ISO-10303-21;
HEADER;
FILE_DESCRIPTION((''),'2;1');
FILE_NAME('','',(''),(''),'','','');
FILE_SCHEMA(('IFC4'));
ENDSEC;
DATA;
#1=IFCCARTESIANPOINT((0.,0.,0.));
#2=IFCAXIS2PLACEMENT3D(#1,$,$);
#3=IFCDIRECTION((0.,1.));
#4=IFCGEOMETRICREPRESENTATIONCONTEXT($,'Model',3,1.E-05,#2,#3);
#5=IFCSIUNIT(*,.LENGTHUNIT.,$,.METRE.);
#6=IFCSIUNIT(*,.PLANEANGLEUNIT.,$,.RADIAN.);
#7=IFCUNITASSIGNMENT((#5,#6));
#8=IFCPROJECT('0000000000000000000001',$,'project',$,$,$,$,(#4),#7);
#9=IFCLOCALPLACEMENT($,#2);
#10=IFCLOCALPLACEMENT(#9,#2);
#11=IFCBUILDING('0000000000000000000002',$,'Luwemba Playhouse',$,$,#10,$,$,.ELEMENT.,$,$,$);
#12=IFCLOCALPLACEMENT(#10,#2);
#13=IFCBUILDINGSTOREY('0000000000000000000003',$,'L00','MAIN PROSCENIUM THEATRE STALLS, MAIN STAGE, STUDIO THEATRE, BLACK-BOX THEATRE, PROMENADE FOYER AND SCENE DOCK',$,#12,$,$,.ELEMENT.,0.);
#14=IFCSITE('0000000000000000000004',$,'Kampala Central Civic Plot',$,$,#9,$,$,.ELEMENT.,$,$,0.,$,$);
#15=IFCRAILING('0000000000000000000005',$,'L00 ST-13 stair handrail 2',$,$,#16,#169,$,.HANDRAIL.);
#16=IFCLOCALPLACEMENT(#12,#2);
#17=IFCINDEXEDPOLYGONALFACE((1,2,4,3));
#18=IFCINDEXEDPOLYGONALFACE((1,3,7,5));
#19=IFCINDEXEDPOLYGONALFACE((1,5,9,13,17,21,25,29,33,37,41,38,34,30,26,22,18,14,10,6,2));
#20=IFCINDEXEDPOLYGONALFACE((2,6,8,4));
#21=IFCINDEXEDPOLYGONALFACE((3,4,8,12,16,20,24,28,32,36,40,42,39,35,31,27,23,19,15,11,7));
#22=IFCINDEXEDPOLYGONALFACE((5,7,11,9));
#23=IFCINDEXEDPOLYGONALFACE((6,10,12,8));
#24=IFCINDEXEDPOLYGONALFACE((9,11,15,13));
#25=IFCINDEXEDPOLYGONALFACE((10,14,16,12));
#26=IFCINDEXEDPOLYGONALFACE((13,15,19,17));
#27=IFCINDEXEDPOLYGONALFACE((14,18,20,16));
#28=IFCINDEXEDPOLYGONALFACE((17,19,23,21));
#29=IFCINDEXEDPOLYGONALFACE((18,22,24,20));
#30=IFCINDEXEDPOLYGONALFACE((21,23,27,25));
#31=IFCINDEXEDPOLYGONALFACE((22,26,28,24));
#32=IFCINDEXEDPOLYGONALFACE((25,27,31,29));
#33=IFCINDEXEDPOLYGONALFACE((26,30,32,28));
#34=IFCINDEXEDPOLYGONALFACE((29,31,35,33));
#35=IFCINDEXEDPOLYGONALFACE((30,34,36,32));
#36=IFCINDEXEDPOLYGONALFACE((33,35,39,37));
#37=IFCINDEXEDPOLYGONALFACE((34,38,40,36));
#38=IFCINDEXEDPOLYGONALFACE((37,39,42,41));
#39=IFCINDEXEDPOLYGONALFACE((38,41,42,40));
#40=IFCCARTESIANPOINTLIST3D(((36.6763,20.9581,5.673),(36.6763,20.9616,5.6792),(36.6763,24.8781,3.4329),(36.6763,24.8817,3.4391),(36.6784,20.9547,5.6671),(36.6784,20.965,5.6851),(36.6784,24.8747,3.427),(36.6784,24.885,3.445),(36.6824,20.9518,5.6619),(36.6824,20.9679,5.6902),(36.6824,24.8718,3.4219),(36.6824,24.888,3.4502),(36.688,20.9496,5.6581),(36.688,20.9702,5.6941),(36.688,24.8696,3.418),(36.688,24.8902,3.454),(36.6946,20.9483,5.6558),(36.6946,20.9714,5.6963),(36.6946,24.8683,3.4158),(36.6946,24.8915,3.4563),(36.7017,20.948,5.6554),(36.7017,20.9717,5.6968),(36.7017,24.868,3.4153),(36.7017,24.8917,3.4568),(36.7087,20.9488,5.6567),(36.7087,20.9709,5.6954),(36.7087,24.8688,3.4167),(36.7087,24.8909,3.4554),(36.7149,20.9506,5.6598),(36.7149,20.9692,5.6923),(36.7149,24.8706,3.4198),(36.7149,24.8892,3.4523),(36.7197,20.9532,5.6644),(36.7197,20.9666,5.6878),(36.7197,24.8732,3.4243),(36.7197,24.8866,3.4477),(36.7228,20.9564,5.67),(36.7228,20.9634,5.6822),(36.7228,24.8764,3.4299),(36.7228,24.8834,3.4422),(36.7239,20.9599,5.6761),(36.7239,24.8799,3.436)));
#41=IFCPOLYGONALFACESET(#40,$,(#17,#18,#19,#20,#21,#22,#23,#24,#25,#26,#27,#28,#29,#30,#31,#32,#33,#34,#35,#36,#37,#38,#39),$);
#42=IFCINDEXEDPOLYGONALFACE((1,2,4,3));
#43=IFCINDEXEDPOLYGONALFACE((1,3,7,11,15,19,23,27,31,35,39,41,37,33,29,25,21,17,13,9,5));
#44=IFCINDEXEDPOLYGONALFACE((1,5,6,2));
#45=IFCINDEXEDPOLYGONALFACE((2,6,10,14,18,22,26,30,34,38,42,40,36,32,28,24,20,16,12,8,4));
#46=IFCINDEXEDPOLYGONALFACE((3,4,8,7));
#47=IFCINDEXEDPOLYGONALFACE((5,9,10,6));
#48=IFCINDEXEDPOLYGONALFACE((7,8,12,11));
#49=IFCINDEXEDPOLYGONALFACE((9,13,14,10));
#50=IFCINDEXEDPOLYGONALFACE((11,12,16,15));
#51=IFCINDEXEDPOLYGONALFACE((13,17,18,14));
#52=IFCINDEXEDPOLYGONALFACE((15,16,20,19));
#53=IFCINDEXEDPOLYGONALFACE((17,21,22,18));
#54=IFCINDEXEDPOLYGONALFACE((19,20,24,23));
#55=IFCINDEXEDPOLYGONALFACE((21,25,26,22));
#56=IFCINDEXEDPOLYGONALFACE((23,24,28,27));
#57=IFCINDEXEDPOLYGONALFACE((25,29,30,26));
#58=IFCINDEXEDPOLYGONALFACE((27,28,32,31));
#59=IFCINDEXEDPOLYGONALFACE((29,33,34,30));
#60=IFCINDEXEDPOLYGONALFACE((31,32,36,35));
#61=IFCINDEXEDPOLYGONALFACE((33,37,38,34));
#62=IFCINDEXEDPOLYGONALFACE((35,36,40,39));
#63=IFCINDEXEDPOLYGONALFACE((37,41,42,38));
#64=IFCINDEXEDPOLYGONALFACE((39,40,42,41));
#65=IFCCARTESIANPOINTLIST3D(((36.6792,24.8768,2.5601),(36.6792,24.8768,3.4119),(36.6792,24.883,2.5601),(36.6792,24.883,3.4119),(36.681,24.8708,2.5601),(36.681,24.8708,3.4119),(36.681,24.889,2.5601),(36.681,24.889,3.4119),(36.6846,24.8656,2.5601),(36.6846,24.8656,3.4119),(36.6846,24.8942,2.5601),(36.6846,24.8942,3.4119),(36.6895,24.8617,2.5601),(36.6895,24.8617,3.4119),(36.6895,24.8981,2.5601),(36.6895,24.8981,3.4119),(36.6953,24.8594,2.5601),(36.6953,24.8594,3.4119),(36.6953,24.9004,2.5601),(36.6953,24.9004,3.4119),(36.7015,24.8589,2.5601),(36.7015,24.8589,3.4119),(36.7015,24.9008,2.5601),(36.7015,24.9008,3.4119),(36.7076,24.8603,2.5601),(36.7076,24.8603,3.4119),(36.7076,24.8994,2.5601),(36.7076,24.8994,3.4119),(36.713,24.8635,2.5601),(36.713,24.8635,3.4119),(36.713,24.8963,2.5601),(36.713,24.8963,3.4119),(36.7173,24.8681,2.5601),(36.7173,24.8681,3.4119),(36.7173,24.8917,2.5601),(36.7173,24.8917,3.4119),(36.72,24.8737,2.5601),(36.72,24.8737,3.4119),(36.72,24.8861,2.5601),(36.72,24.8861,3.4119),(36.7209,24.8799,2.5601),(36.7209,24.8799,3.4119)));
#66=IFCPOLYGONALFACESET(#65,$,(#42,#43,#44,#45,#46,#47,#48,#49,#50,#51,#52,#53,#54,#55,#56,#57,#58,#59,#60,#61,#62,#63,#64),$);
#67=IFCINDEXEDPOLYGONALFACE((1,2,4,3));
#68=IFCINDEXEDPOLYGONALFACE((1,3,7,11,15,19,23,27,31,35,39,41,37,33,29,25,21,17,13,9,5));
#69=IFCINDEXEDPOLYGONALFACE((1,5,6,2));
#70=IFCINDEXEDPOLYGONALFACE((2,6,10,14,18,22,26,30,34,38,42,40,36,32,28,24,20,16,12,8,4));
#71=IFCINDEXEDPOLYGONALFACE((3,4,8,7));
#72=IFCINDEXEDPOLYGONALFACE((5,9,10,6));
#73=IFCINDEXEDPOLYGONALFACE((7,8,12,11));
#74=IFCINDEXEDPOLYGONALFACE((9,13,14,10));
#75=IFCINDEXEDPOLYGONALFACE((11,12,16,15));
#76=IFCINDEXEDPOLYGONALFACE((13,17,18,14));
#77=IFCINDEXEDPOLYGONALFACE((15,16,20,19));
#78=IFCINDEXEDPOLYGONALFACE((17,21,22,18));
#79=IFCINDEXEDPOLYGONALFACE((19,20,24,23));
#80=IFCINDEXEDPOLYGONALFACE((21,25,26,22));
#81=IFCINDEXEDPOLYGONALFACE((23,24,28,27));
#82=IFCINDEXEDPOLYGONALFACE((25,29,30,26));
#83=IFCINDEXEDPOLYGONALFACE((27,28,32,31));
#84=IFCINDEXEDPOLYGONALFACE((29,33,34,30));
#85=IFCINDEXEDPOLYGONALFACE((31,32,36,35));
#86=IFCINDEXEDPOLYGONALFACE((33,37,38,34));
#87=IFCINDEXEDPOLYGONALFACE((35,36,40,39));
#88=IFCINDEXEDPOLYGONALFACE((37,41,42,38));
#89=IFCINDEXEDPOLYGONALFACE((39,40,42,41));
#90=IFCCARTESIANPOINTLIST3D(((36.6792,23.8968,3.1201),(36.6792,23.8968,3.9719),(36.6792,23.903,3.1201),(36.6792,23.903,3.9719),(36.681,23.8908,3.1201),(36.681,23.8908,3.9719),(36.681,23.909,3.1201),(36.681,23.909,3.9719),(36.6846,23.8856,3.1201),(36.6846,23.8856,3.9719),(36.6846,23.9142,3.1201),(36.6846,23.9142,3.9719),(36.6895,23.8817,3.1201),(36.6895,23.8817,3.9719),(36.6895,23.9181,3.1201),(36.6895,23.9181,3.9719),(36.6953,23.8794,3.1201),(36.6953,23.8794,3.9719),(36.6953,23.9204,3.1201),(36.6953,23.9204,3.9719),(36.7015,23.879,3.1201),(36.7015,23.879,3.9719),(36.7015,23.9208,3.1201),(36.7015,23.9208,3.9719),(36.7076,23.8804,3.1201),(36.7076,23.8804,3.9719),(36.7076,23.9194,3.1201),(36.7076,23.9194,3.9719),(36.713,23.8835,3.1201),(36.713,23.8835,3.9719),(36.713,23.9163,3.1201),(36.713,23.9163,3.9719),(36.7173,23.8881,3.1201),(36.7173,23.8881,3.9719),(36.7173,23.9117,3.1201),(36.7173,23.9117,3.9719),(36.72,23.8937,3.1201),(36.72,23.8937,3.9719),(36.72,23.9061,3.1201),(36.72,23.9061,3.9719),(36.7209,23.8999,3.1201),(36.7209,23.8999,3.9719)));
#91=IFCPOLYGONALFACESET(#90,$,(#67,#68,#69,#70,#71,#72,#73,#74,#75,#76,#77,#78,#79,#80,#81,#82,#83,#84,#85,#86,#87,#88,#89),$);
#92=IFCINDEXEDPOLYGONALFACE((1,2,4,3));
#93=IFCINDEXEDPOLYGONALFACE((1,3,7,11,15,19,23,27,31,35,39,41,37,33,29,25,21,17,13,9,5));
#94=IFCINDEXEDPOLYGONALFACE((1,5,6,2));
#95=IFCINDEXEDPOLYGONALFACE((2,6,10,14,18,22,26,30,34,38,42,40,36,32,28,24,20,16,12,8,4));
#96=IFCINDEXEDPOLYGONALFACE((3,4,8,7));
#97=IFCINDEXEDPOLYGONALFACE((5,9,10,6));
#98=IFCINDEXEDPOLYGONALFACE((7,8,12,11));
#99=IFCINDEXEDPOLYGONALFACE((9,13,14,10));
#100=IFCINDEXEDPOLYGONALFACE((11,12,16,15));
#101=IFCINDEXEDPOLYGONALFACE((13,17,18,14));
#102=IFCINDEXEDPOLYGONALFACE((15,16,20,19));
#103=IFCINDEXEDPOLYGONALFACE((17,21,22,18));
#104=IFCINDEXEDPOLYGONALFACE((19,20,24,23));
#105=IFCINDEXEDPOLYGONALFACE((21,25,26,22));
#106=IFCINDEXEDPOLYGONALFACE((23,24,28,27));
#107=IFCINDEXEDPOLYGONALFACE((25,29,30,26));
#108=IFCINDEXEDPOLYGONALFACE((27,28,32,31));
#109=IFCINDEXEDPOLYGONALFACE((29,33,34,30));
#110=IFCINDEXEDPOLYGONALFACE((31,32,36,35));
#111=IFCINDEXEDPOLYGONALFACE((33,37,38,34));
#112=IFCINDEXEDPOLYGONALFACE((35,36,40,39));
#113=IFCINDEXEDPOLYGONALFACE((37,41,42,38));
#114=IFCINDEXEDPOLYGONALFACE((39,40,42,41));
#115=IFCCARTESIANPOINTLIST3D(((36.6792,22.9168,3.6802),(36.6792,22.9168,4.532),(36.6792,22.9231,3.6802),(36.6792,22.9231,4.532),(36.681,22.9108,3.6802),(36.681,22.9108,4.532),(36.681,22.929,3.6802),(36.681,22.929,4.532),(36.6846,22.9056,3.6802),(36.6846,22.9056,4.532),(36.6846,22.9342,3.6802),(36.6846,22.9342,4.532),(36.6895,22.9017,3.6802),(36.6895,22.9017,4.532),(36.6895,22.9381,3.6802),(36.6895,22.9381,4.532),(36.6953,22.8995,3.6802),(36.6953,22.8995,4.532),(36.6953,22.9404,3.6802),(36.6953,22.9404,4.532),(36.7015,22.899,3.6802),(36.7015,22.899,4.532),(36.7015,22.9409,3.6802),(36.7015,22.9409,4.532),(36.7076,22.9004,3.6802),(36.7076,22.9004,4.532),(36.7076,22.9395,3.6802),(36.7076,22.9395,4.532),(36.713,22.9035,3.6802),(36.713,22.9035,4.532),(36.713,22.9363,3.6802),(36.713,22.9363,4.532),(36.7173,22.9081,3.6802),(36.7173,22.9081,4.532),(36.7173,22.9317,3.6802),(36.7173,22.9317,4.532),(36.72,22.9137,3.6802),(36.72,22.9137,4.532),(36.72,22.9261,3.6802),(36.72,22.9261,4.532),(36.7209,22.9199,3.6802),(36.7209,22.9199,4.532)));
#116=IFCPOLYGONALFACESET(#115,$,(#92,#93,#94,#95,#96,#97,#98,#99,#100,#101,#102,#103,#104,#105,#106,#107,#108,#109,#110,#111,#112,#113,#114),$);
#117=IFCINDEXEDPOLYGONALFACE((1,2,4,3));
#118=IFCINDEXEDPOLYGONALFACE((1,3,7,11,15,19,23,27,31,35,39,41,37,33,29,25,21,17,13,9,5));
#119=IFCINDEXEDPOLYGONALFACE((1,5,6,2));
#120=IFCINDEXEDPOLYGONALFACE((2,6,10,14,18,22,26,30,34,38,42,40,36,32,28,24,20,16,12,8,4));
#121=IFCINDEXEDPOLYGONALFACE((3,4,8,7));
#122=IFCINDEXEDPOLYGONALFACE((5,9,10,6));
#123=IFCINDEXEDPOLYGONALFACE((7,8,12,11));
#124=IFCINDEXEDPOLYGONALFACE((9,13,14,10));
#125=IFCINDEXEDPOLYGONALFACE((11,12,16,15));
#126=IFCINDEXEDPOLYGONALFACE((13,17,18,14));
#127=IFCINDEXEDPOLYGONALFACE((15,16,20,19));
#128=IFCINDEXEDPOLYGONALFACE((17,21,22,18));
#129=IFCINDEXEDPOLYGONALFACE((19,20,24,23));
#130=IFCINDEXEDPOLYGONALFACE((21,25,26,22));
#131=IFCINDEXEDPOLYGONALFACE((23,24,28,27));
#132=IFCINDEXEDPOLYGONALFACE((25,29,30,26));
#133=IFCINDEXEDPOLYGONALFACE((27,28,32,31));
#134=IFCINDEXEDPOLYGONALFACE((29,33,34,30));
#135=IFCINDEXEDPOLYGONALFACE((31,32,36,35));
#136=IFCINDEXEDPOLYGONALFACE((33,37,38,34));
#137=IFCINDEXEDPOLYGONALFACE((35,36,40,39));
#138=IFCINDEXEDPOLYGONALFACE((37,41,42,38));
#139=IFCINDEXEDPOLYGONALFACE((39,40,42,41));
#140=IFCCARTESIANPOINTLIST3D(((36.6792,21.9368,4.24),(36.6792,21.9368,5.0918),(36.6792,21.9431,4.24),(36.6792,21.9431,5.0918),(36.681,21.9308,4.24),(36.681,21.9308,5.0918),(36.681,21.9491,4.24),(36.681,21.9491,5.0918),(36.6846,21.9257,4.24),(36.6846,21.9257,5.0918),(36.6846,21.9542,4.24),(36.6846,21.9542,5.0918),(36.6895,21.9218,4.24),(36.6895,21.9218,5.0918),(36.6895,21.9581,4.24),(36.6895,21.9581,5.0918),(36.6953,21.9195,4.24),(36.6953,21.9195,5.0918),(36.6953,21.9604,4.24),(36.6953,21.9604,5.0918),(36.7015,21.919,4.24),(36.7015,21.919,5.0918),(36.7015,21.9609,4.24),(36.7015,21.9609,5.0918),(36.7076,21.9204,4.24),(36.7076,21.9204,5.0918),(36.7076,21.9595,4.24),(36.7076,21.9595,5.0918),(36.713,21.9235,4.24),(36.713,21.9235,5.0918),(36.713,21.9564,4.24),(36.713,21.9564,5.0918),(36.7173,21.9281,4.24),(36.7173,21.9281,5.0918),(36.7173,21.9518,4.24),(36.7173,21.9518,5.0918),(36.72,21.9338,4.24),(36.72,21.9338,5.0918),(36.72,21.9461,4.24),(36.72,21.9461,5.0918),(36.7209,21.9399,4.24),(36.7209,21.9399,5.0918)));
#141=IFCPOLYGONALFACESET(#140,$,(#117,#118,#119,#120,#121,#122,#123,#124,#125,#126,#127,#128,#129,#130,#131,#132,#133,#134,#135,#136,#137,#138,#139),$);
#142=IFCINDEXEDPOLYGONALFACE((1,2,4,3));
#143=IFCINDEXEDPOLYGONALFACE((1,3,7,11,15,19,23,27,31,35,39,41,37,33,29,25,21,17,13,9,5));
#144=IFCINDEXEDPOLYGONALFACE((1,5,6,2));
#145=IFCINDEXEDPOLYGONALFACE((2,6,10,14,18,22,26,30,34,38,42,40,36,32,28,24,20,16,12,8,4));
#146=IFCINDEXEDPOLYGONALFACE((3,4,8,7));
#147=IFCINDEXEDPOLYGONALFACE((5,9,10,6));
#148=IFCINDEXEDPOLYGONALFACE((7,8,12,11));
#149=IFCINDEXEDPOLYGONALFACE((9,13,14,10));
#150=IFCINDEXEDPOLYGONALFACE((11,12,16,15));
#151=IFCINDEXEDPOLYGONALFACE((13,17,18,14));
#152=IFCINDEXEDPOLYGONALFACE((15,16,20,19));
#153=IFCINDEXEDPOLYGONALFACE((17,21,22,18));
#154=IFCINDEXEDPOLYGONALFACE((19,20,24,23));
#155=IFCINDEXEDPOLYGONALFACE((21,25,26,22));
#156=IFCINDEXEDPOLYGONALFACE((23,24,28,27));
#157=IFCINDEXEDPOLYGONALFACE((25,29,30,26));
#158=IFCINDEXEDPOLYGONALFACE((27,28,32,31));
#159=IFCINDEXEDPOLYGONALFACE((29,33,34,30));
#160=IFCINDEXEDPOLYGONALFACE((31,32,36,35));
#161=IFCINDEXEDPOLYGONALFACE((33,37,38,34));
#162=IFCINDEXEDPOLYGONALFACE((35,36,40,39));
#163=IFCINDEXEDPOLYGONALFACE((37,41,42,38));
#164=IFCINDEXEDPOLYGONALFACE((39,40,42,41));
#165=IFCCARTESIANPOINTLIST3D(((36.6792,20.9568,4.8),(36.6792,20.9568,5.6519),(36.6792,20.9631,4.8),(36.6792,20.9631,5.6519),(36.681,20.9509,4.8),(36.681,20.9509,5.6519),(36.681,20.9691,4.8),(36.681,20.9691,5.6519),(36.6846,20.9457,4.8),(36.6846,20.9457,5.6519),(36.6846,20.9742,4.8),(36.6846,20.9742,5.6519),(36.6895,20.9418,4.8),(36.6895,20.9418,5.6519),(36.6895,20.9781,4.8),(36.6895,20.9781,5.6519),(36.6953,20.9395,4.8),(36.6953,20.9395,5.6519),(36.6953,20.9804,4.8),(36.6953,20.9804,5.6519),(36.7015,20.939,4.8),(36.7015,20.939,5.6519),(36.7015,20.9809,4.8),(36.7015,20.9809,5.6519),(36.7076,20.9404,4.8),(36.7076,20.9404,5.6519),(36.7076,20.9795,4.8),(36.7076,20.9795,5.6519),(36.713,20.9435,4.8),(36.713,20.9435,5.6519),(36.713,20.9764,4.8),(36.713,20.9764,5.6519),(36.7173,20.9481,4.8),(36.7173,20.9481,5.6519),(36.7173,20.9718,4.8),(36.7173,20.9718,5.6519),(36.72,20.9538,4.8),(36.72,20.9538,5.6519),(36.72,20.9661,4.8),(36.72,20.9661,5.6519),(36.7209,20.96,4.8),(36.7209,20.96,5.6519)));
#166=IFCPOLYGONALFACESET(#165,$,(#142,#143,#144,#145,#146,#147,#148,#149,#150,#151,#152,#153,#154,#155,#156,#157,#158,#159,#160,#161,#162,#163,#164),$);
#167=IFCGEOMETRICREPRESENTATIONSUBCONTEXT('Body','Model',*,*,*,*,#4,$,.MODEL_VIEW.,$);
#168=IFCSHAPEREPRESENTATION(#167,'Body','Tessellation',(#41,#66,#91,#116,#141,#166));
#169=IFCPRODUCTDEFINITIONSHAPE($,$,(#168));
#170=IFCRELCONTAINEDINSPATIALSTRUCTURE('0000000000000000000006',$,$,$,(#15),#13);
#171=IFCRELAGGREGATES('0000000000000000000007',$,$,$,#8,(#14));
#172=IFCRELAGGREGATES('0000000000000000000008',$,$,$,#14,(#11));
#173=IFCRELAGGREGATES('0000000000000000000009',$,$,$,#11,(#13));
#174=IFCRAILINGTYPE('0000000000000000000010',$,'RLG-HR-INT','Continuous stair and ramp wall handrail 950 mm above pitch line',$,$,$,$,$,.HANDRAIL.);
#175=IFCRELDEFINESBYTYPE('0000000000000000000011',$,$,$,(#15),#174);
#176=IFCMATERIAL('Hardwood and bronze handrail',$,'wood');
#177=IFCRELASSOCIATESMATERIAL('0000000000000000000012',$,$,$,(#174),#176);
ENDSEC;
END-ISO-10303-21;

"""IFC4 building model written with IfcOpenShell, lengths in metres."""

from ifc_helpers import new_model, si_unit, direction, frame, origin, origin_2d, place, context, subcontext, project, spatial, circle, extrude, material, type_object, element, save


model = new_model("IFC4")

# Units and contexts
model_context = context("Model", 3, precision=1e-05, world=origin(), true_north=direction((0.0, 1.0)))
body_context = subcontext(model_context, "Body", "Model", "MODEL_VIEW")
ifc_project = project(units=[si_unit("LENGTHUNIT", "METRE"), si_unit("PLANEANGLEUNIT", "RADIAN")], contexts=[model_context])

# Site, building, storey
site_placement = place(None, origin())
site = spatial("IfcSite", under=ifc_project, at=site_placement, Name="Kampala Central Civic Plot", CompositionType="ELEMENT", RefElevation=0.0)
building_placement = place(site_placement, origin())
building = spatial("IfcBuilding", under=site, at=building_placement, Name="Luwemba Playhouse", CompositionType="ELEMENT")
storey_placement = place(building_placement, origin())
storey = spatial("IfcBuildingStorey", under=building, at=storey_placement, Name="L00", Description="MAIN PROSCENIUM THEATRE STALLS, MAIN STAGE, STUDIO THEATRE, BLACK-BOX THEATRE, PROMENADE FOYER AND SCENE DOCK", CompositionType="ELEMENT", Elevation=0.0)

# Railing
ifc_material_1 = material(Name="Hardwood and bronze handrail", Category="wood")
railing_type_1 = type_object("IfcRailingType", Name="RLG-HR-INT", Description="Continuous stair and ramp wall handrail 950 mm above pitch line", PredefinedType="HANDRAIL", material=ifc_material_1)
railing_1_placement = place(storey_placement, frame((36.7, 24.8799, 2.5601)))
element("IfcRailing", 1, at=railing_1_placement, inside=storey, type_object=railing_type_1, Name="L00 ST-13 stair handrail 2", PredefinedType="HANDRAIL", context=body_context, shape_type="SweptSolid", body=[
    extrude(circle(Radius=0.0239, at=origin_2d()), frame((0.0, 0.0, 0.876), z_axis=(0.0, -0.86824, 0.496145), x_axis=(1.0, 0.0, 0.0)), (0.0, 0.0, 1.0), 4.5149),
    extrude(circle(Radius=0.021, at=origin_2d()), origin(), (0.0, 0.0, 1.0), 0.8518),
    extrude(circle(Radius=0.021, at=origin_2d()), frame((0.0, -0.98, 0.5601)), (0.0, 0.0, 1.0), 0.8518),
    extrude(circle(Radius=0.021, at=origin_2d()), frame((0.0, -1.96, 1.1201)), (0.0, 0.0, 1.0), 0.8518),
    extrude(circle(Radius=0.021, at=origin_2d()), frame((0.0, -2.9399, 1.6799)), (0.0, 0.0, 1.0), 0.8518),
    extrude(circle(Radius=0.021, at=origin_2d()), frame((0.0, -3.9199, 2.24)), (0.0, 0.0, 1.0), 0.8518),
])

save(model, "model.ifc")
